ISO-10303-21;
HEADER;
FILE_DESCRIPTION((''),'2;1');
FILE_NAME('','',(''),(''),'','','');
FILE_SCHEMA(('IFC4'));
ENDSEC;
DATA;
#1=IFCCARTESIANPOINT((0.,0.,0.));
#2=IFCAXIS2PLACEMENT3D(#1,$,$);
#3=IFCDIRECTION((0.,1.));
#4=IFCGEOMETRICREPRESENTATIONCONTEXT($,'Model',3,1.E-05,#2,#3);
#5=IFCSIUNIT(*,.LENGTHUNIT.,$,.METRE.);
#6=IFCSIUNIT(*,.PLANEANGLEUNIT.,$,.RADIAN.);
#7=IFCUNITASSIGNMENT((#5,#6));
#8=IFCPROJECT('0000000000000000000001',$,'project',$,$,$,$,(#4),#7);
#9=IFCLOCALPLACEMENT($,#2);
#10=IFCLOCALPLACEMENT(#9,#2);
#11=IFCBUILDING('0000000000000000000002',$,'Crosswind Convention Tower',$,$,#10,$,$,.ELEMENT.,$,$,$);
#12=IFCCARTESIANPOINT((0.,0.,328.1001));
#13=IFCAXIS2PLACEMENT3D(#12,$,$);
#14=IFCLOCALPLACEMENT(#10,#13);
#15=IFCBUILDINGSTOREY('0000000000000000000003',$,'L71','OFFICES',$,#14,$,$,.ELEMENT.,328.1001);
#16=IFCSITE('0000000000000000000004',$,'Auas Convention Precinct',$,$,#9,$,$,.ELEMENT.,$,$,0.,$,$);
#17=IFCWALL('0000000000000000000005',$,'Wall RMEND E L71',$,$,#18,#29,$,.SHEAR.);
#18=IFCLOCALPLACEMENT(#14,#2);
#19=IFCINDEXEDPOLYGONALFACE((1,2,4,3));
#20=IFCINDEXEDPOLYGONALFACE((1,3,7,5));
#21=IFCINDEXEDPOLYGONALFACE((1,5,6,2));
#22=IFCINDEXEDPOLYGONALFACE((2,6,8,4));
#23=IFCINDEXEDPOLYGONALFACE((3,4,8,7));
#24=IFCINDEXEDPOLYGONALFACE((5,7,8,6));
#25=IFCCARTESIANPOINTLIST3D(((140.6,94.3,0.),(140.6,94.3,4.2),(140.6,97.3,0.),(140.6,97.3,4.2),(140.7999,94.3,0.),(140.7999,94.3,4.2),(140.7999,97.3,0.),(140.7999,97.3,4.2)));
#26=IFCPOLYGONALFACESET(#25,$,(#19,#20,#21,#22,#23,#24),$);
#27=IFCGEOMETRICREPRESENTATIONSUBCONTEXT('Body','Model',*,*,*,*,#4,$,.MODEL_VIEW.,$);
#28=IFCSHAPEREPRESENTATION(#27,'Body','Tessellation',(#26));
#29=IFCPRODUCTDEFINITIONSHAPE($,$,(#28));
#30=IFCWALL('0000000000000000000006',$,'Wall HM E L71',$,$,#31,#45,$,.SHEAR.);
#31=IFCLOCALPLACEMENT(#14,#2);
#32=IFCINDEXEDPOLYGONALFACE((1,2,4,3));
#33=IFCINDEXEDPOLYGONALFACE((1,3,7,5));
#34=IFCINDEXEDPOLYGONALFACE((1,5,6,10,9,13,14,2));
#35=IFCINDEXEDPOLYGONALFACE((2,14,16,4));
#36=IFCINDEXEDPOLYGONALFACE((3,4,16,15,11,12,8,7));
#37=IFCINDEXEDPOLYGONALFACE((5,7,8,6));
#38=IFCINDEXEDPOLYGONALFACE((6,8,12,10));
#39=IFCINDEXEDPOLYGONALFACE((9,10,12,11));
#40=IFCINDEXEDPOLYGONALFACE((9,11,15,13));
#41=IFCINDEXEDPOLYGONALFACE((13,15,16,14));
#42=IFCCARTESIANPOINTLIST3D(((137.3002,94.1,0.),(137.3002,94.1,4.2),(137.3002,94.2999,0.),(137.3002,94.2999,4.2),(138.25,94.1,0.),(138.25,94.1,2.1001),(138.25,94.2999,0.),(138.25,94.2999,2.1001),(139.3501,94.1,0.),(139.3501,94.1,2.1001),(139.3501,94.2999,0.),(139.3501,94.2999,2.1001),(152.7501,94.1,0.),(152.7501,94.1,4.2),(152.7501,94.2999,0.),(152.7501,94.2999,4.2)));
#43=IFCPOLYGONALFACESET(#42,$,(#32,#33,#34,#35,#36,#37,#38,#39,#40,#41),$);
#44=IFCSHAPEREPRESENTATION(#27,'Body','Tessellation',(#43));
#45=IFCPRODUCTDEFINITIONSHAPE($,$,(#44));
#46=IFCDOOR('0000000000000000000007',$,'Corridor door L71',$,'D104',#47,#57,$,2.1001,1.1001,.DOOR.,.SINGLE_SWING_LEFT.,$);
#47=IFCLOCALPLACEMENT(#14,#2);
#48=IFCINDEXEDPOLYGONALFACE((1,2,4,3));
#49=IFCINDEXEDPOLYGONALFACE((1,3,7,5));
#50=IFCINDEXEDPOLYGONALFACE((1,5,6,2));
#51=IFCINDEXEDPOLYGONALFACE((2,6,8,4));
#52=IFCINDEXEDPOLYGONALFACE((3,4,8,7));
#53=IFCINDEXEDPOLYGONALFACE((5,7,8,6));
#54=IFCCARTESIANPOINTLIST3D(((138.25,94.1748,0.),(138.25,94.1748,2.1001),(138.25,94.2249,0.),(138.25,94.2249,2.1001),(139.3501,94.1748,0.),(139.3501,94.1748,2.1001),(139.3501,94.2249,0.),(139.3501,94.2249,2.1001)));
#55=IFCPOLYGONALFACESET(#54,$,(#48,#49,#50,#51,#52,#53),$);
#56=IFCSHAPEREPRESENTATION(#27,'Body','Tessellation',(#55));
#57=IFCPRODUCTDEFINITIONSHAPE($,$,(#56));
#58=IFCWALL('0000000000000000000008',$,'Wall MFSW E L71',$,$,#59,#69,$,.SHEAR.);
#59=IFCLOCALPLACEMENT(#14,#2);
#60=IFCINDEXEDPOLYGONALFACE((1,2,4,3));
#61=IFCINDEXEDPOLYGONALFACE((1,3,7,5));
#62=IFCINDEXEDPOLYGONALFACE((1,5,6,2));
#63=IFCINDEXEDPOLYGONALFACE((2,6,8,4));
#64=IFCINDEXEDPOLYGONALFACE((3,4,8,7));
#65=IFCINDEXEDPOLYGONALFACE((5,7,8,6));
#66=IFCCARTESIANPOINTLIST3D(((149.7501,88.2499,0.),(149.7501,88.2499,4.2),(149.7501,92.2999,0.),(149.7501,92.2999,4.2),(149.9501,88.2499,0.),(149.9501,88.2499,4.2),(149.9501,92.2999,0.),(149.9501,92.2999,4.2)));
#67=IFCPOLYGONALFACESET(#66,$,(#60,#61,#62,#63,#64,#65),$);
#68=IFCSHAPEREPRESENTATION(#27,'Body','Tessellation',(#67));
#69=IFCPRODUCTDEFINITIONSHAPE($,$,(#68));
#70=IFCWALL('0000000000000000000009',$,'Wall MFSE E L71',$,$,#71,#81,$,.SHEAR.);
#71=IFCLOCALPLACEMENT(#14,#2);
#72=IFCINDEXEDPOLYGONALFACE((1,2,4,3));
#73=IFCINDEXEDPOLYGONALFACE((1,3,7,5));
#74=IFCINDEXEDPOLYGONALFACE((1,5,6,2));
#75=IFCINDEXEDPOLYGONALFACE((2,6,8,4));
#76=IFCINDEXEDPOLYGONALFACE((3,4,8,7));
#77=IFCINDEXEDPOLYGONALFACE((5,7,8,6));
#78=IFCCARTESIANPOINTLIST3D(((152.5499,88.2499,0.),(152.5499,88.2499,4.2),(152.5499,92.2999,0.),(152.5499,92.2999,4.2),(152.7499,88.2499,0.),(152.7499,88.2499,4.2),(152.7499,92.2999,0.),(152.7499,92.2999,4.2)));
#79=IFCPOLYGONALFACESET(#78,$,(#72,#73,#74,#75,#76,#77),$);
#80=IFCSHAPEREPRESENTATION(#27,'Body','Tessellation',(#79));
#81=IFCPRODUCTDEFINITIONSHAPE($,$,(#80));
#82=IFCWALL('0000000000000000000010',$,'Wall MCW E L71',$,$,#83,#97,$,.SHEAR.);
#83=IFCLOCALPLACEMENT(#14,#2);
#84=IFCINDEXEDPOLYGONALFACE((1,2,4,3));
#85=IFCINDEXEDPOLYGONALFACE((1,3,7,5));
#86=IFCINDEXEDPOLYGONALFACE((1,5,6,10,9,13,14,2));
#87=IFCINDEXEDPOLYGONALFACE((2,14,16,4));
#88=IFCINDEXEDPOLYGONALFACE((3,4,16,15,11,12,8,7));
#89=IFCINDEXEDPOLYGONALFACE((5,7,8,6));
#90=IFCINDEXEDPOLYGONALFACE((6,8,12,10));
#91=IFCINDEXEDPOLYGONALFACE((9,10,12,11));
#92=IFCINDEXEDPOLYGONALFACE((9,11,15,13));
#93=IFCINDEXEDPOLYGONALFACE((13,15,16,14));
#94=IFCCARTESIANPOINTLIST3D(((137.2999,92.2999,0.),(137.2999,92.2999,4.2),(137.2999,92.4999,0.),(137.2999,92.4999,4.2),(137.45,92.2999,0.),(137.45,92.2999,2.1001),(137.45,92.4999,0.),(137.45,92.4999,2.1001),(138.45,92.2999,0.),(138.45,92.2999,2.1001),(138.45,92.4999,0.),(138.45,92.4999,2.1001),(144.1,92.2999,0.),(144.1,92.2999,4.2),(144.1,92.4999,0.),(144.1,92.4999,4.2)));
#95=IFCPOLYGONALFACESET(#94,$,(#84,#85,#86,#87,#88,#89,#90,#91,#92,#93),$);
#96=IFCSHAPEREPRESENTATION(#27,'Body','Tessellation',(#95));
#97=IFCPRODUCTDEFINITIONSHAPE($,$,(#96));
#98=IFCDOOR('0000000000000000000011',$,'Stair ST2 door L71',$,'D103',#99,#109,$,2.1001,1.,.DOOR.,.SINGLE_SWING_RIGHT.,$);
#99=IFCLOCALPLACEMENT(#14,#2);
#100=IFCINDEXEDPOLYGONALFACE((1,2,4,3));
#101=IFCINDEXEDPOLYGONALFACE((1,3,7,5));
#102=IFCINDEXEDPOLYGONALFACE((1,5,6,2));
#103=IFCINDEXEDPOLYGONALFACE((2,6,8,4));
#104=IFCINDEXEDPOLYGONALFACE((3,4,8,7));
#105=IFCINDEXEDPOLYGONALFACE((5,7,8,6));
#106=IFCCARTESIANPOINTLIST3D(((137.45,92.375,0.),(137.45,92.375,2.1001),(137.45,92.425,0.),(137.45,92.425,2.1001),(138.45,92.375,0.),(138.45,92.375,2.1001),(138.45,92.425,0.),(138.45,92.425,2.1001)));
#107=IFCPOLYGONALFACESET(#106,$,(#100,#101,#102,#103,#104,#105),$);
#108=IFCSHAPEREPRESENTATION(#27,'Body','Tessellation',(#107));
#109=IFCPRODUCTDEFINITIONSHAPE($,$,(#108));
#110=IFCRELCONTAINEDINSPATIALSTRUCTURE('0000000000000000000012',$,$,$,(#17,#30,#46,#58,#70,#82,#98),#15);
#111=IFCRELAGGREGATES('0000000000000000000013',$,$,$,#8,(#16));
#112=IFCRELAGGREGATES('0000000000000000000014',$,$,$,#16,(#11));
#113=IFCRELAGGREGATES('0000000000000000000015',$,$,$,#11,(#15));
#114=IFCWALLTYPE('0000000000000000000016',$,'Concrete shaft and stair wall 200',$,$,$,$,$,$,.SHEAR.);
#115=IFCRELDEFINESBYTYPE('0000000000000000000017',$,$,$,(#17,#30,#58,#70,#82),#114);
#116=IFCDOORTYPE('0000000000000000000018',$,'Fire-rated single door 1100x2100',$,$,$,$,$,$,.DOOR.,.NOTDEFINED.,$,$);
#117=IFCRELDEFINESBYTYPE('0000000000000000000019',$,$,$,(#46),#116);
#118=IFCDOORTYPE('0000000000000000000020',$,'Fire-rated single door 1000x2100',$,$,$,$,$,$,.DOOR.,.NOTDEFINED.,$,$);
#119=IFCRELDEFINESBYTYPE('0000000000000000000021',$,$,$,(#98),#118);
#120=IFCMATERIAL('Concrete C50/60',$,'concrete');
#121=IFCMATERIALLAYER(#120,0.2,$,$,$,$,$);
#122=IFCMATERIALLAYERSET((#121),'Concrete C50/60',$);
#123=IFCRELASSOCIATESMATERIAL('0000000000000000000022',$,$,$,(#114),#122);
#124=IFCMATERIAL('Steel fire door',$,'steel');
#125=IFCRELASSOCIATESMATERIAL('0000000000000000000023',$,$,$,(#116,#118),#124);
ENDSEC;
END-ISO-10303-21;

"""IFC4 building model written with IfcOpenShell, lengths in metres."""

from ifc_helpers import new_model, si_unit, direction, frame, frame_2d, origin, place, context, subcontext, project, spatial, rectangle, extrude, material, layer, layer_set, type_object, element, fill, save


model = new_model("IFC4")

# Units and contexts
model_context = context("Model", 3, precision=1e-05, world=origin(), true_north=direction((0.0, 1.0)))
body_context = subcontext(model_context, "Body", "Model", "MODEL_VIEW")
ifc_project = project(units=[si_unit("LENGTHUNIT", "METRE"), si_unit("PLANEANGLEUNIT", "RADIAN")], contexts=[model_context])

# Site, building, storey
site_placement = place(None, origin())
site = spatial("IfcSite", under=ifc_project, at=site_placement, Name="Auas Convention Precinct", CompositionType="ELEMENT", RefElevation=0.0)
building_placement = place(site_placement, origin())
building = spatial("IfcBuilding", under=site, at=building_placement, Name="Crosswind Convention Tower", CompositionType="ELEMENT")
storey_placement = place(building_placement, frame((0.0, 0.0, 328.1001)))
storey = spatial("IfcBuildingStorey", under=building, at=storey_placement, Name="L71", Description="OFFICES", CompositionType="ELEMENT", Elevation=328.1001)

# Shared definitions
ifc_material_1 = material(Name="Concrete C50/60", Category="concrete")

# Wall
ifc_layer_1 = layer(ifc_material_1, 0.2)
ifc_layer_set_1 = layer_set([ifc_layer_1], Name="Concrete C50/60")
wall_type_1 = type_object("IfcWallType", Name="Concrete shaft and stair wall 200", PredefinedType="SHEAR", material=ifc_layer_set_1)
wall_1_placement = place(storey_placement, frame((140.7, 94.3, 0.0), z_axis=(0.0, 0.0, 1.0), x_axis=(0.0, 1.0, 0.0)))
element("IfcWall", 1, at=wall_1_placement, inside=storey, type_object=wall_type_1, Name="Wall RMEND E L71", PredefinedType="SHEAR", context=body_context, shape_type="SweptSolid", body=[
    extrude(rectangle(XDim=3.0, YDim=0.2, at=frame_2d((1.5, 0.0))), origin(), (0.0, 0.0, 1.0), 4.2),
])

# Wall, opening, door
wall_2_placement = place(storey_placement, frame((137.3, 94.2, 0.0), z_axis=(0.0, 0.0, 1.0), x_axis=(1.0, 0.0, 0.0)))
wall_2 = element("IfcWall", 2, at=wall_2_placement, inside=storey, type_object=wall_type_1, Name="Wall HM E L71", PredefinedType="SHEAR", context=body_context, shape_type="SweptSolid", body=[
    extrude(rectangle(XDim=15.45, YDim=0.2, at=frame_2d((7.7251, 0.0))), origin(), (0.0, 0.0, 1.0), 4.2),
])
opening_1_placement = place(wall_2_placement, frame((0.95, 0.0, 0.0)))
opening_1 = element("IfcOpeningElement", 3, at=opening_1_placement, cuts=wall_2, PredefinedType="OPENING", context=body_context, shape_type="SweptSolid", body=[
    extrude(rectangle(XDim=1.1001, YDim=2.1001, at=frame_2d((0.55, 1.05))), frame((0.0, 0.1099, 0.0), z_axis=(0.0, -1.0, 0.0), x_axis=(1.0, 0.0, 0.0)), (0.0, 0.0, 1.0), 0.22),
])
ifc_material_2 = material(Name="Steel fire door", Category="steel")
door_type_1 = type_object("IfcDoorType", Name="Fire-rated single door 1100x2100", OperationType="NOTDEFINED", PredefinedType="DOOR", material=ifc_material_2)
door_1_placement = place(opening_1_placement, origin())
door_1 = element("IfcDoor", 4, at=door_1_placement, inside=storey, type_object=door_type_1, Name="Corridor door L71", ObjectType="D104", OperationType="SINGLE_SWING_LEFT", OverallHeight=2.1001, OverallWidth=1.1001, PredefinedType="DOOR", context=body_context, shape_type="SweptSolid", body=[
    extrude(rectangle(XDim=1.1001, YDim=2.1001, at=frame_2d((0.55, 1.05))), frame((0.0, 0.0249, 0.0), z_axis=(0.0, -1.0, 0.0), x_axis=(1.0, 0.0, 0.0)), (0.0, 0.0, 1.0), 0.05),
])
fill(opening_1, door_1)

# Walls
for number, where, z_axis, x_axis, name in (
    (5, (149.8501, 88.25, 0.0), (0.0, 0.0, 1.0), (0.0, 1.0, 0.0), "Wall MFSW E L71"),
    (6, (152.6499, 88.25, 0.0), (0.0, 0.0, 1.0), (0.0, 1.0, 0.0), "Wall MFSE E L71"),
):
    element("IfcWall", number, at=place(storey_placement, frame(where, z_axis=z_axis, x_axis=x_axis)), inside=storey, type_object=wall_type_1, Name=name, PredefinedType="SHEAR", context=body_context, shape_type="SweptSolid", body=[
        extrude(rectangle(XDim=4.05, YDim=0.2, at=frame_2d((2.0249, 0.0))), origin(), (0.0, 0.0, 1.0), 4.2),
    ])

# Wall, opening, door
wall_3_placement = place(storey_placement, frame((137.3, 92.3999, 0.0), z_axis=(0.0, 0.0, 1.0), x_axis=(1.0, 0.0, 0.0)))
wall_3 = element("IfcWall", 7, at=wall_3_placement, inside=storey, type_object=wall_type_1, Name="Wall MCW E L71", PredefinedType="SHEAR", context=body_context, shape_type="SweptSolid", body=[
    extrude(rectangle(XDim=6.8, YDim=0.2, at=frame_2d((3.3999, 0.0))), origin(), (0.0, 0.0, 1.0), 4.2),
])
opening_2_placement = place(wall_3_placement, frame((0.1499, 0.0, 0.0)))
opening_2 = element("IfcOpeningElement", 8, at=opening_2_placement, cuts=wall_3, PredefinedType="OPENING", context=body_context, shape_type="SweptSolid", body=[
    extrude(rectangle(XDim=1.0, YDim=2.1001, at=frame_2d((0.5, 1.05))), frame((0.0, 0.1099, 0.0), z_axis=(0.0, -1.0, 0.0), x_axis=(1.0, 0.0, 0.0)), (0.0, 0.0, 1.0), 0.22),
])
door_type_2 = type_object("IfcDoorType", Name="Fire-rated single door 1000x2100", OperationType="NOTDEFINED", PredefinedType="DOOR", material=ifc_material_2)
door_2_placement = place(opening_2_placement, frame((1.0, 0.0, 0.0), z_axis=(0.0, 0.0, 1.0), x_axis=(-1.0, 0.0, 0.0)))
door_2 = element("IfcDoor", 9, at=door_2_placement, inside=storey, type_object=door_type_2, Name="Stair ST2 door L71", ObjectType="D103", OperationType="SINGLE_SWING_RIGHT", OverallHeight=2.1001, OverallWidth=1.0, PredefinedType="DOOR", context=body_context, shape_type="SweptSolid", body=[
    extrude(rectangle(XDim=1.0, YDim=2.1001, at=frame_2d((0.5, 1.05))), frame((0.0, 0.0249, 0.0), z_axis=(0.0, -1.0, 0.0), x_axis=(1.0, 0.0, 0.0)), (0.0, 0.0, 1.0), 0.05),
])
fill(opening_2, door_2)

save(model, "model.ifc")
